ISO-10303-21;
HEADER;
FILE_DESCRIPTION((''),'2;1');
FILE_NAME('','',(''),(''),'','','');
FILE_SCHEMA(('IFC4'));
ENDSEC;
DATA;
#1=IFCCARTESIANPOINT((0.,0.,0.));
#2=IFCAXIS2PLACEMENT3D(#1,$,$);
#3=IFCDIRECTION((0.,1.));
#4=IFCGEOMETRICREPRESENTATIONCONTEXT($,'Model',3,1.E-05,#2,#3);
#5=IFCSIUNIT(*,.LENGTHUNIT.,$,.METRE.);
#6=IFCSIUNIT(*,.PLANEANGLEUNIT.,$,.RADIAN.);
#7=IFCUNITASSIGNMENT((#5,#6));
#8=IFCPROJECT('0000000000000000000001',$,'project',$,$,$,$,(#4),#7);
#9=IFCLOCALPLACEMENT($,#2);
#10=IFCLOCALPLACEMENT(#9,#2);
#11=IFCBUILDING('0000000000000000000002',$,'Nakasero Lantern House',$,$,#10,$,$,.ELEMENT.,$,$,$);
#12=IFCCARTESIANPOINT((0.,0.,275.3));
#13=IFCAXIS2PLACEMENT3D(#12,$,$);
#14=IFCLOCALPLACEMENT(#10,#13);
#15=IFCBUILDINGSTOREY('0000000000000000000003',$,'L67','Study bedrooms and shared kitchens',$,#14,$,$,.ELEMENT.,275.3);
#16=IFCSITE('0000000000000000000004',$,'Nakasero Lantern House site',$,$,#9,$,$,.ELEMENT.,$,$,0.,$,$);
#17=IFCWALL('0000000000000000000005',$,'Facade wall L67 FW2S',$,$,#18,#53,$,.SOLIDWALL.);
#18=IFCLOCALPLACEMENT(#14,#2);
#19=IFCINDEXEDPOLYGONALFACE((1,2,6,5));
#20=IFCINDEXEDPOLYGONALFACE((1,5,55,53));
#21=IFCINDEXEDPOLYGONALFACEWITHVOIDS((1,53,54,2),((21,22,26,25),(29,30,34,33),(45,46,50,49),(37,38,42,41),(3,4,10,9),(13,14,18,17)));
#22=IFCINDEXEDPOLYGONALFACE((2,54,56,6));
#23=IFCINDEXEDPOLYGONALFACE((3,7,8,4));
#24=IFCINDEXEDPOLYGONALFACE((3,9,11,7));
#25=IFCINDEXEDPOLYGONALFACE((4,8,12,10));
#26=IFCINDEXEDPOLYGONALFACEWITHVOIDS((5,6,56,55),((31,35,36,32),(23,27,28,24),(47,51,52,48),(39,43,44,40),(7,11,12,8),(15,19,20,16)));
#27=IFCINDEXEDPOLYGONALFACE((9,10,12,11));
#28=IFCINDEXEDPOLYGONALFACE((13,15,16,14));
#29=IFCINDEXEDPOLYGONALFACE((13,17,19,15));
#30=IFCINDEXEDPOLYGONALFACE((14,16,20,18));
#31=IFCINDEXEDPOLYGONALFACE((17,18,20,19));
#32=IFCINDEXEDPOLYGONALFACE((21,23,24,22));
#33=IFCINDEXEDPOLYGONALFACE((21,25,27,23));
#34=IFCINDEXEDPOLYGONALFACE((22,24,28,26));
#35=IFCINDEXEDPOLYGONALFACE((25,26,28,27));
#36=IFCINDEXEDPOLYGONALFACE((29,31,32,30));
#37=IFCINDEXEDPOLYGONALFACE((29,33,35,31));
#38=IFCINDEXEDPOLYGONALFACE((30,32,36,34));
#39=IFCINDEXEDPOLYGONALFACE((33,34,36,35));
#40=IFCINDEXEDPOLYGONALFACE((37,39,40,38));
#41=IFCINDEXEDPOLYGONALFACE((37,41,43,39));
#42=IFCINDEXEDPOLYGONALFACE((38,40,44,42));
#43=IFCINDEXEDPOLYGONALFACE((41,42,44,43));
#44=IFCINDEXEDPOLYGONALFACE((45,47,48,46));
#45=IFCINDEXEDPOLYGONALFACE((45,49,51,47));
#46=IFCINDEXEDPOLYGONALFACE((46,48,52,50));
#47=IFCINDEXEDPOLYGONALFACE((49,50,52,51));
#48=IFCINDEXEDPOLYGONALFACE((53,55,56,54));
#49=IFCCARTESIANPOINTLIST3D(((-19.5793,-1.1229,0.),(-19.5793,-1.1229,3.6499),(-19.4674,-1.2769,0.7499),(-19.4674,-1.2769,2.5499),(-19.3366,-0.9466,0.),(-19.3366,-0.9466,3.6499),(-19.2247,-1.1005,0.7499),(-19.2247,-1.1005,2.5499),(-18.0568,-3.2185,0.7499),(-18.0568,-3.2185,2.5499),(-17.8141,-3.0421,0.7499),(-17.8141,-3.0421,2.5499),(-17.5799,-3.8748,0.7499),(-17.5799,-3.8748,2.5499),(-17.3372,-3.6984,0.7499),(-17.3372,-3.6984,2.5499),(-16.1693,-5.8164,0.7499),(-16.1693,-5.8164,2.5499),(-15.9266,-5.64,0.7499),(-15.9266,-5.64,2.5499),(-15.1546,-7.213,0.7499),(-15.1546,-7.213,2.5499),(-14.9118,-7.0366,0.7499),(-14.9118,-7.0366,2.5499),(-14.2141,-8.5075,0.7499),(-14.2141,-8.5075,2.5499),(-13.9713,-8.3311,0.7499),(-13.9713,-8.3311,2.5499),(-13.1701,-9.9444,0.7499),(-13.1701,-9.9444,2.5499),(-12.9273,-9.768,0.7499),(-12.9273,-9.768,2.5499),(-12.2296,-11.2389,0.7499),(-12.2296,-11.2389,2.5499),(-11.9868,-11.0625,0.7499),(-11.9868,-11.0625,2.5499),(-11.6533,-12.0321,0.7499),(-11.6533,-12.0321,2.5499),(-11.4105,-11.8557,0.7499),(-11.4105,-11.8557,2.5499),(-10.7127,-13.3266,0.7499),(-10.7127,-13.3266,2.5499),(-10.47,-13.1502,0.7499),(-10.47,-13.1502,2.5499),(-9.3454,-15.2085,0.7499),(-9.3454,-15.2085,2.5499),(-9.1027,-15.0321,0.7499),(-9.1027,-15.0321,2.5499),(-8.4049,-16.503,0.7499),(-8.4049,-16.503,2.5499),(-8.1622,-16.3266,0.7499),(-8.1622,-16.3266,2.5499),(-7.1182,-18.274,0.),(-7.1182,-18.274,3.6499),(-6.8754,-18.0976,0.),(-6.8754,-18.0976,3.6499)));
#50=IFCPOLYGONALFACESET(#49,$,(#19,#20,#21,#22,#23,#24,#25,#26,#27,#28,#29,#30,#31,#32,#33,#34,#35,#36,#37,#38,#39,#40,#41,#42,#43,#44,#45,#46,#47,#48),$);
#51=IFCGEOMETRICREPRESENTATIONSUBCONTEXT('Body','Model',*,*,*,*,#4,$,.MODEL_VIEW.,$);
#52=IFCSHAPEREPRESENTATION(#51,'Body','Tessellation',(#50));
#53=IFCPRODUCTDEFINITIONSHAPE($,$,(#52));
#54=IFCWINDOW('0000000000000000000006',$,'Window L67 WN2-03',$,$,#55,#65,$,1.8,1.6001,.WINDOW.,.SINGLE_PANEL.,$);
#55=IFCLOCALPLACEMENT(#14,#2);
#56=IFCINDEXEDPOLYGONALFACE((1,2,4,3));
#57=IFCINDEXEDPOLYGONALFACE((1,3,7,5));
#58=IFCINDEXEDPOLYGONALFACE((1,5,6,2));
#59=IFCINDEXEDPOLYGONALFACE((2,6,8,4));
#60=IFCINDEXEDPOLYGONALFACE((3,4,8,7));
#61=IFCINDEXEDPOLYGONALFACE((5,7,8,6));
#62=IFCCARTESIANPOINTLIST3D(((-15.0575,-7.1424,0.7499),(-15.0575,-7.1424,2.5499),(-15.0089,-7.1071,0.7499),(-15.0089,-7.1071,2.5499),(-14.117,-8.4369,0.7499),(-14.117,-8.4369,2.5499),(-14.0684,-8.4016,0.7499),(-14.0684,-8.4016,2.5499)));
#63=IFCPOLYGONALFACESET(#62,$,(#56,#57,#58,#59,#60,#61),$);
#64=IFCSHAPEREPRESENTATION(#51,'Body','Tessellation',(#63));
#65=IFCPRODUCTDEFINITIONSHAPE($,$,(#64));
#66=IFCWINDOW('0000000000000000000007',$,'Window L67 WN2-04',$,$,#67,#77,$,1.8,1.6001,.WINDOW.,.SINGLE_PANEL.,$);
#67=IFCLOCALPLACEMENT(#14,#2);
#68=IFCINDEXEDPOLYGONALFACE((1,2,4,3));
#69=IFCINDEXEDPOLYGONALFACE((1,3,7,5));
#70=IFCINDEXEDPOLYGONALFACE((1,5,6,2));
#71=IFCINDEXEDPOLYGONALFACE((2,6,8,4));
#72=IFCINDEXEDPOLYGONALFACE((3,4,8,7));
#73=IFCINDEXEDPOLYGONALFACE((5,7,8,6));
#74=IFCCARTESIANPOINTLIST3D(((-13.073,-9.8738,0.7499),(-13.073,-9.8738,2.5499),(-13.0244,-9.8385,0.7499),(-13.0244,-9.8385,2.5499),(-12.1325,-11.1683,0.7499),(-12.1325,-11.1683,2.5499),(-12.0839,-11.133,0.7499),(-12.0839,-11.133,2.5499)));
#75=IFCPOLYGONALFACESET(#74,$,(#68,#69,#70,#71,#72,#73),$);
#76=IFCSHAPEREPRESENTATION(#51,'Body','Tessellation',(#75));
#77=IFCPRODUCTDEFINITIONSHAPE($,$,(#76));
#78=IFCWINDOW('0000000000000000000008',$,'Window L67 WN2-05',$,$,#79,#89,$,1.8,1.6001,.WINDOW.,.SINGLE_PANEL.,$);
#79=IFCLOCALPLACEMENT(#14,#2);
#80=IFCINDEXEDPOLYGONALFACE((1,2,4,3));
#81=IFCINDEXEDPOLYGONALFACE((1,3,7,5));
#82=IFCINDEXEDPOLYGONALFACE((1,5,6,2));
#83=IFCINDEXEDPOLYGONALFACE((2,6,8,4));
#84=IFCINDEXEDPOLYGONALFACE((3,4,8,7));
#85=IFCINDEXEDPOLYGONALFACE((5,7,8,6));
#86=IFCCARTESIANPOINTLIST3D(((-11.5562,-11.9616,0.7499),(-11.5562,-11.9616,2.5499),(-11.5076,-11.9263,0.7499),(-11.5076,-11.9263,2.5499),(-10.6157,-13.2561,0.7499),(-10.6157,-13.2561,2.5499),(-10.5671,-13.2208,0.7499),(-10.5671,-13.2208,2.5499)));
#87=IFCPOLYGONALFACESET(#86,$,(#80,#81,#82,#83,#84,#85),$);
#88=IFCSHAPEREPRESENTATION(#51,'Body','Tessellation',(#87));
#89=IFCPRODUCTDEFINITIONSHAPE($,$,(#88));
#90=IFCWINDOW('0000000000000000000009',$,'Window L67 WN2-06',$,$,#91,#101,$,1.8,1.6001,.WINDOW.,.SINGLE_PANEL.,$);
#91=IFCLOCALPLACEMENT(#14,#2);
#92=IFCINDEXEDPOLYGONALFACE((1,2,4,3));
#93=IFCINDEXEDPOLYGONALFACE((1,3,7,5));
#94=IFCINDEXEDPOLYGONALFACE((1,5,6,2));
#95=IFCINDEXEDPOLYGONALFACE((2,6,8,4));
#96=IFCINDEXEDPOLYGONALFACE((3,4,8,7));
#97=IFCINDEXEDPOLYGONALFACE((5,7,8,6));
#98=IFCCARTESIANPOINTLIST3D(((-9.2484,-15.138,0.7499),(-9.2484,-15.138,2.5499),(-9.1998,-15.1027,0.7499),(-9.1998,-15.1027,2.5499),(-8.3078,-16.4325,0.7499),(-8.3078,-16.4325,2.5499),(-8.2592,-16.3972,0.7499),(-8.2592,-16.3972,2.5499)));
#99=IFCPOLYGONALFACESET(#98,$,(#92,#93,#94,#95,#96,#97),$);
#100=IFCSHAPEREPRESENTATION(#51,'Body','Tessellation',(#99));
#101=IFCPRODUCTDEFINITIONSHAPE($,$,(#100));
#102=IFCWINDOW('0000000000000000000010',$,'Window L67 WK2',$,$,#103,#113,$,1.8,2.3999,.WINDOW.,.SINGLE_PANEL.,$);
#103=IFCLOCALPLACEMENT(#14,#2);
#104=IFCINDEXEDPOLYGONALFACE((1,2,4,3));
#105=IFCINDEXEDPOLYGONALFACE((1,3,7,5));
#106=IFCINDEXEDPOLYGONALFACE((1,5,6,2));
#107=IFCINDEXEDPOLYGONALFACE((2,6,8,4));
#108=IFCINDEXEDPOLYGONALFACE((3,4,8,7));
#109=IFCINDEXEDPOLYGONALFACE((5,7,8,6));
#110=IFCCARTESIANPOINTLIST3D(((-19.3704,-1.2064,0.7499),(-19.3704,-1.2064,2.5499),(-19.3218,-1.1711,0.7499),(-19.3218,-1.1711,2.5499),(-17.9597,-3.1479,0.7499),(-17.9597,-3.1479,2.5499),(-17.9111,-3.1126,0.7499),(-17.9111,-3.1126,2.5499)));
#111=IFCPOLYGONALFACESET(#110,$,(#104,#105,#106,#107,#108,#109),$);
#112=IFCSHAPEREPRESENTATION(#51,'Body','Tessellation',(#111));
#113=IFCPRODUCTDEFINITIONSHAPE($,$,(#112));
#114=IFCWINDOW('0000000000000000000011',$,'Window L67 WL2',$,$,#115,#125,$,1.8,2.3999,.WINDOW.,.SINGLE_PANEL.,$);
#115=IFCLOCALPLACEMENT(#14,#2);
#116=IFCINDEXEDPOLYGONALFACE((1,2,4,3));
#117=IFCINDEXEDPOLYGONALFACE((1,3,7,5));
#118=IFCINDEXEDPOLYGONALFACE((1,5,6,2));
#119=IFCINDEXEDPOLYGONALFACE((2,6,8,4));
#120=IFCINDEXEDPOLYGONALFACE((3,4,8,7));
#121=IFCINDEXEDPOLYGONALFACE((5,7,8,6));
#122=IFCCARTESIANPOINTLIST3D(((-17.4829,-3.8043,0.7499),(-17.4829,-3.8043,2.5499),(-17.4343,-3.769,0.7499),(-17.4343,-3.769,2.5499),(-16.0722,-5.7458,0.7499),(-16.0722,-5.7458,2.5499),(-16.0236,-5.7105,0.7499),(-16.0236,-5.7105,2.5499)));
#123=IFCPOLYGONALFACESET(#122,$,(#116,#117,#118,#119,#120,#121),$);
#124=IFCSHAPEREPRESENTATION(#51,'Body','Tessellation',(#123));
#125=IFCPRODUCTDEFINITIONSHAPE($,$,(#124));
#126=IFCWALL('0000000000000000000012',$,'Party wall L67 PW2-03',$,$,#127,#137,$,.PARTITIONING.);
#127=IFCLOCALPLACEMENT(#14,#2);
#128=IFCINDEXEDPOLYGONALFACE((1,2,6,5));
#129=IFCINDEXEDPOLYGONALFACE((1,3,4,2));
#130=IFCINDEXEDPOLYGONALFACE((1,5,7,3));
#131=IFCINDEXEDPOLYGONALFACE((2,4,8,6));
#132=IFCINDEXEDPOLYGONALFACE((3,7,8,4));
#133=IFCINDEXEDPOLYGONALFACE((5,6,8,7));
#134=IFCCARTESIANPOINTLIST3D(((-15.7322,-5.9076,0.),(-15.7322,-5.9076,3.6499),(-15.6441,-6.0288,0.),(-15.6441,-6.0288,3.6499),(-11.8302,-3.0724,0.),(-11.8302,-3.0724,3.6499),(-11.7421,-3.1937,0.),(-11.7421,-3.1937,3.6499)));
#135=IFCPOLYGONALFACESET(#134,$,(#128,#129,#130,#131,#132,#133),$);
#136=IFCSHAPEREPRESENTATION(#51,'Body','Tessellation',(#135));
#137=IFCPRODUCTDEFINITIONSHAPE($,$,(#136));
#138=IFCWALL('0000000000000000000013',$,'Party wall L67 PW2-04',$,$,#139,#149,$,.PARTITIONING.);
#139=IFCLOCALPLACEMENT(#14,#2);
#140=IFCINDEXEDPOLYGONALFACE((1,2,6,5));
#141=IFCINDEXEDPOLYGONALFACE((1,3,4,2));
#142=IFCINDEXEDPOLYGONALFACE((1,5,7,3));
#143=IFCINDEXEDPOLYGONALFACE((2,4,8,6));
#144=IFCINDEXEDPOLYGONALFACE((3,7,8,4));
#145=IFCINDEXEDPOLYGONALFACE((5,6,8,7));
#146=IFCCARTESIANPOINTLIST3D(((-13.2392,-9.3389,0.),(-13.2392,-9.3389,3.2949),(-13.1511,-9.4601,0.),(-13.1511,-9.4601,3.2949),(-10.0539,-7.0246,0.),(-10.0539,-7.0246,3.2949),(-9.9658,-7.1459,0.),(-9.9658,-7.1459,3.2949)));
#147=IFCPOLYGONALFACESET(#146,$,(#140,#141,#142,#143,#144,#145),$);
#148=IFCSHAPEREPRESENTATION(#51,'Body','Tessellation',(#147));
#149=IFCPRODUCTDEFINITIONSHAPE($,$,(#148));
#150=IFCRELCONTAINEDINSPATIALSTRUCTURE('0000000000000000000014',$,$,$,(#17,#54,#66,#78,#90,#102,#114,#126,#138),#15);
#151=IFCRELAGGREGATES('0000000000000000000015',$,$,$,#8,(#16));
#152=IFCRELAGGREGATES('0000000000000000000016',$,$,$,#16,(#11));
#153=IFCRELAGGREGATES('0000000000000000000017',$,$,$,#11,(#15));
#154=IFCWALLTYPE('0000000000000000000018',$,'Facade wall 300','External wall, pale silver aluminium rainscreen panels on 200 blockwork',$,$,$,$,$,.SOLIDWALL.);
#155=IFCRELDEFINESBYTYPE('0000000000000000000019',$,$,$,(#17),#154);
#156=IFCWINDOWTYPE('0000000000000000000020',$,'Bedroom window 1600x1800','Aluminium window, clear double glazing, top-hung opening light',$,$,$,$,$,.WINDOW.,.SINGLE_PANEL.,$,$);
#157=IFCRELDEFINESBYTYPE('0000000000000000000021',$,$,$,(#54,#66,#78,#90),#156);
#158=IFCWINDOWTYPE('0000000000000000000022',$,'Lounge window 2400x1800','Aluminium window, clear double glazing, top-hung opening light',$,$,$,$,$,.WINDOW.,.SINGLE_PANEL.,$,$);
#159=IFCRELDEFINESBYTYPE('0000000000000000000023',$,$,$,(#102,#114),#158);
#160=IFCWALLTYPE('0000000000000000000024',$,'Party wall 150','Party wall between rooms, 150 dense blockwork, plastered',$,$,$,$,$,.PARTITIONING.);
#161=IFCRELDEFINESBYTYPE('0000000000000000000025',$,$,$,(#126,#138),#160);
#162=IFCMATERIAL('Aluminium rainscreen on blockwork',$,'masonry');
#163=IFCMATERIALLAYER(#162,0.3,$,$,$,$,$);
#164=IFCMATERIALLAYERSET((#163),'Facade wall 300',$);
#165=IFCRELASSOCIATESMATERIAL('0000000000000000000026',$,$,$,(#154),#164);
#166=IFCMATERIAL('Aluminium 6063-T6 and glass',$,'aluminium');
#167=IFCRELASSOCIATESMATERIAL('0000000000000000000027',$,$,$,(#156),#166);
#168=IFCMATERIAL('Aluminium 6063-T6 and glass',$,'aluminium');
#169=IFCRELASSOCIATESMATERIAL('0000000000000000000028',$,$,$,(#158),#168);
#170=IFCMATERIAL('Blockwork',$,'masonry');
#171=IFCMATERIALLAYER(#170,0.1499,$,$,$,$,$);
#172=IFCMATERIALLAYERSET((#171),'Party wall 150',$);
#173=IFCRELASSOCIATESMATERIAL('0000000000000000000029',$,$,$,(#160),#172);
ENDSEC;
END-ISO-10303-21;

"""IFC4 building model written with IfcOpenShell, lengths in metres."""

from ifc_helpers import new_model, si_unit, direction, frame, frame_2d, origin, place, context, subcontext, project, spatial, rectangle, extrude, material, layer, layer_set, type_object, element, fill, save


model = new_model("IFC4")

# Units and contexts
model_context = context("Model", 3, precision=1e-05, world=origin(), true_north=direction((0.0, 1.0)))
body_context = subcontext(model_context, "Body", "Model", "MODEL_VIEW")
ifc_project = project(units=[si_unit("LENGTHUNIT", "METRE"), si_unit("PLANEANGLEUNIT", "RADIAN")], contexts=[model_context])

# Site, building, storey
site_placement = place(None, origin())
site = spatial("IfcSite", under=ifc_project, at=site_placement, Name="Nakasero Lantern House site", CompositionType="ELEMENT", RefElevation=0.0)
building_placement = place(site_placement, origin())
building = spatial("IfcBuilding", under=site, at=building_placement, Name="Nakasero Lantern House", CompositionType="ELEMENT")
storey_placement = place(building_placement, frame((0.0, 0.0, 275.3)))
storey = spatial("IfcBuildingStorey", under=building, at=storey_placement, Name="L67", Description="Study bedrooms and shared kitchens", CompositionType="ELEMENT", Elevation=275.3)

# Wall, openings, windows
ifc_material_1 = material(Name="Aluminium rainscreen on blockwork", Category="masonry")
ifc_layer_1 = layer(ifc_material_1, 0.3)
ifc_layer_set_1 = layer_set([ifc_layer_1], Name="Facade wall 300")
wall_type_1 = type_object("IfcWallType", Name="Facade wall 300", Description="External wall, pale silver aluminium rainscreen panels on 200 blockwork", PredefinedType="SOLIDWALL", material=ifc_layer_set_1)
wall_1_placement = place(storey_placement, frame((-19.458, -1.0347, 0.0), z_axis=(0.0, 0.0, 1.0), x_axis=(0.58779, -0.809013, 0.0)))
wall_1 = element("IfcWall", 1, at=wall_1_placement, inside=storey, type_object=wall_type_1, Name="Facade wall L67 FW2S", PredefinedType="SOLIDWALL", context=body_context, shape_type="SweptSolid", body=[
    extrude(rectangle(XDim=21.2, YDim=0.3, at=frame_2d((10.6001, 0.0))), origin(), (0.0, 0.0, 1.0), 3.6499),
])
opening_1_placement = place(wall_1_placement, frame((7.5278, 0.0, 0.75)))
opening_1 = element("IfcOpeningElement", 2, at=opening_1_placement, cuts=wall_1, PredefinedType="OPENING", context=body_context, shape_type="SweptSolid", body=[
    extrude(rectangle(XDim=1.6001, YDim=1.8, at=frame_2d((0.8, 0.8999))), frame((0.0, 0.1699, 0.0), z_axis=(0.0, -1.0, 0.0), x_axis=(1.0, 0.0, 0.0)), (0.0, 0.0, 1.0), 0.3401),
])
opening_2_placement = place(wall_1_placement, frame((10.9041, 0.0, 0.75)))
opening_2 = element("IfcOpeningElement", 3, at=opening_2_placement, cuts=wall_1, PredefinedType="OPENING", context=body_context, shape_type="SweptSolid", body=[
    extrude(rectangle(XDim=1.6001, YDim=1.8, at=frame_2d((0.8, 0.8999))), frame((0.0, 0.1699, 0.0), z_axis=(0.0, -1.0, 0.0), x_axis=(1.0, 0.0, 0.0)), (0.0, 0.0, 1.0), 0.3401),
])
opening_3_placement = place(wall_1_placement, frame((13.4846, 0.0, 0.75)))
opening_3 = element("IfcOpeningElement", 4, at=opening_3_placement, cuts=wall_1, PredefinedType="OPENING", context=body_context, shape_type="SweptSolid", body=[
    extrude(rectangle(XDim=1.6001, YDim=1.8, at=frame_2d((0.8, 0.8999))), frame((0.0, 0.1699, 0.0), z_axis=(0.0, -1.0, 0.0), x_axis=(1.0, 0.0, 0.0)), (0.0, 0.0, 1.0), 0.3401),
])
opening_4_placement = place(wall_1_placement, frame((17.4109, 0.0, 0.75)))
opening_4 = element("IfcOpeningElement", 5, at=opening_4_placement, cuts=wall_1, PredefinedType="OPENING", context=body_context, shape_type="SweptSolid", body=[
    extrude(rectangle(XDim=1.6001, YDim=1.8, at=frame_2d((0.8, 0.8999))), frame((0.0, 0.1699, 0.0), z_axis=(0.0, -1.0, 0.0), x_axis=(1.0, 0.0, 0.0)), (0.0, 0.0, 1.0), 0.3401),
])
opening_5_placement = place(wall_1_placement, frame((0.1904, 0.0, 0.75)))
opening_5 = element("IfcOpeningElement", 6, at=opening_5_placement, cuts=wall_1, PredefinedType="OPENING", context=body_context, shape_type="SweptSolid", body=[
    extrude(rectangle(XDim=2.3999, YDim=1.8, at=frame_2d((1.2, 0.8999))), frame((0.0, 0.1699, 0.0), z_axis=(0.0, -1.0, 0.0), x_axis=(1.0, 0.0, 0.0)), (0.0, 0.0, 1.0), 0.3401),
])
opening_6_placement = place(wall_1_placement, frame((3.4016, 0.0, 0.75)))
opening_6 = element("IfcOpeningElement", 7, at=opening_6_placement, cuts=wall_1, PredefinedType="OPENING", context=body_context, shape_type="SweptSolid", body=[
    extrude(rectangle(XDim=2.3999, YDim=1.8, at=frame_2d((1.2, 0.8999))), frame((0.0, 0.1699, 0.0), z_axis=(0.0, -1.0, 0.0), x_axis=(1.0, 0.0, 0.0)), (0.0, 0.0, 1.0), 0.3401),
])
ifc_material_2 = material(Name="Aluminium 6063-T6 and glass", Category="aluminium")
window_type_1 = type_object("IfcWindowType", Name="Bedroom window 1600x1800", Description="Aluminium window, clear double glazing, top-hung opening light", PartitioningType="SINGLE_PANEL", PredefinedType="WINDOW", material=ifc_material_2)
window_1_placement = place(opening_1_placement, origin())
window_1 = element("IfcWindow", 8, at=window_1_placement, inside=storey, type_object=window_type_1, Name="Window L67 WN2-03", OverallHeight=1.8, OverallWidth=1.6001, PartitioningType="SINGLE_PANEL", PredefinedType="WINDOW", context=body_context, shape_type="SweptSolid", body=[
    extrude(rectangle(XDim=1.6001, YDim=1.8, at=frame_2d((0.8, 0.8999))), frame((0.0, 0.03, 0.0), z_axis=(0.0, -1.0, 0.0), x_axis=(1.0, 0.0, 0.0)), (0.0, 0.0, 1.0), 0.0601),
])
fill(opening_1, window_1)
window_2_placement = place(opening_2_placement, origin())
window_2 = element("IfcWindow", 9, at=window_2_placement, inside=storey, type_object=window_type_1, Name="Window L67 WN2-04", OverallHeight=1.8, OverallWidth=1.6001, PartitioningType="SINGLE_PANEL", PredefinedType="WINDOW", context=body_context, shape_type="SweptSolid", body=[
    extrude(rectangle(XDim=1.6001, YDim=1.8, at=frame_2d((0.8, 0.8999))), frame((0.0, 0.03, 0.0), z_axis=(0.0, -1.0, 0.0), x_axis=(1.0, 0.0, 0.0)), (0.0, 0.0, 1.0), 0.0601),
])
fill(opening_2, window_2)
window_3_placement = place(opening_3_placement, origin())
window_3 = element("IfcWindow", 10, at=window_3_placement, inside=storey, type_object=window_type_1, Name="Window L67 WN2-05", OverallHeight=1.8, OverallWidth=1.6001, PartitioningType="SINGLE_PANEL", PredefinedType="WINDOW", context=body_context, shape_type="SweptSolid", body=[
    extrude(rectangle(XDim=1.6001, YDim=1.8, at=frame_2d((0.8, 0.8999))), frame((0.0, 0.03, 0.0), z_axis=(0.0, -1.0, 0.0), x_axis=(1.0, 0.0, 0.0)), (0.0, 0.0, 1.0), 0.0601),
])
fill(opening_3, window_3)
window_4_placement = place(opening_4_placement, origin())
window_4 = element("IfcWindow", 11, at=window_4_placement, inside=storey, type_object=window_type_1, Name="Window L67 WN2-06", OverallHeight=1.8, OverallWidth=1.6001, PartitioningType="SINGLE_PANEL", PredefinedType="WINDOW", context=body_context, shape_type="SweptSolid", body=[
    extrude(rectangle(XDim=1.6001, YDim=1.8, at=frame_2d((0.8, 0.8999))), frame((0.0, 0.03, 0.0), z_axis=(0.0, -1.0, 0.0), x_axis=(1.0, 0.0, 0.0)), (0.0, 0.0, 1.0), 0.0601),
])
fill(opening_4, window_4)
ifc_material_3 = material(Name="Aluminium 6063-T6 and glass", Category="aluminium")
window_type_2 = type_object("IfcWindowType", Name="Lounge window 2400x1800", Description="Aluminium window, clear double glazing, top-hung opening light", PartitioningType="SINGLE_PANEL", PredefinedType="WINDOW", material=ifc_material_3)
window_5_placement = place(opening_5_placement, origin())
window_5 = element("IfcWindow", 12, at=window_5_placement, inside=storey, type_object=window_type_2, Name="Window L67 WK2", OverallHeight=1.8, OverallWidth=2.3999, PartitioningType="SINGLE_PANEL", PredefinedType="WINDOW", context=body_context, shape_type="SweptSolid", body=[
    extrude(rectangle(XDim=2.3999, YDim=1.8, at=frame_2d((1.2, 0.8999))), frame((0.0, 0.03, 0.0), z_axis=(0.0, -1.0, 0.0), x_axis=(1.0, 0.0, 0.0)), (0.0, 0.0, 1.0), 0.0601),
])
fill(opening_5, window_5)
window_6_placement = place(opening_6_placement, origin())
window_6 = element("IfcWindow", 13, at=window_6_placement, inside=storey, type_object=window_type_2, Name="Window L67 WL2", OverallHeight=1.8, OverallWidth=2.3999, PartitioningType="SINGLE_PANEL", PredefinedType="WINDOW", context=body_context, shape_type="SweptSolid", body=[
    extrude(rectangle(XDim=2.3999, YDim=1.8, at=frame_2d((1.2, 0.8999))), frame((0.0, 0.03, 0.0), z_axis=(0.0, -1.0, 0.0), x_axis=(1.0, 0.0, 0.0)), (0.0, 0.0, 1.0), 0.0601),
])
fill(opening_6, window_6)

# Walls
ifc_material_4 = material(Name="Blockwork", Category="masonry")
ifc_layer_2 = layer(ifc_material_4, 0.1499)
ifc_layer_set_2 = layer_set([ifc_layer_2], Name="Party wall 150")
wall_type_2 = type_object("IfcWallType", Name="Party wall 150", Description="Party wall between rooms, 150 dense blockwork, plastered", PredefinedType="PARTITIONING", material=ifc_layer_set_2)
wall_2_placement = place(storey_placement, frame((-11.7861, -3.1331, 0.0), z_axis=(0.0, 0.0, 1.0), x_axis=(-0.809001, -0.587807, 0.0)))
element("IfcWall", 14, at=wall_2_placement, inside=storey, type_object=wall_type_2, Name="Party wall L67 PW2-03", PredefinedType="PARTITIONING", context=body_context, shape_type="SweptSolid", body=[
    extrude(rectangle(XDim=4.8232, YDim=0.1499, at=frame_2d((2.4116, 0.0))), origin(), (0.0, 0.0, 1.0), 3.6499),
])
wall_3_placement = place(storey_placement, frame((-10.0098, -7.0852, 0.0), z_axis=(0.0, 0.0, 1.0), x_axis=(-0.809023, -0.587777, 0.0)))
element("IfcWall", 15, at=wall_3_placement, inside=storey, type_object=wall_type_2, Name="Party wall L67 PW2-04", PredefinedType="PARTITIONING", context=body_context, shape_type="SweptSolid", body=[
    extrude(rectangle(XDim=3.9373, YDim=0.1499, at=frame_2d((1.9688, 0.0))), origin(), (0.0, 0.0, 1.0), 3.2949),
])

save(model, "model.ifc")
